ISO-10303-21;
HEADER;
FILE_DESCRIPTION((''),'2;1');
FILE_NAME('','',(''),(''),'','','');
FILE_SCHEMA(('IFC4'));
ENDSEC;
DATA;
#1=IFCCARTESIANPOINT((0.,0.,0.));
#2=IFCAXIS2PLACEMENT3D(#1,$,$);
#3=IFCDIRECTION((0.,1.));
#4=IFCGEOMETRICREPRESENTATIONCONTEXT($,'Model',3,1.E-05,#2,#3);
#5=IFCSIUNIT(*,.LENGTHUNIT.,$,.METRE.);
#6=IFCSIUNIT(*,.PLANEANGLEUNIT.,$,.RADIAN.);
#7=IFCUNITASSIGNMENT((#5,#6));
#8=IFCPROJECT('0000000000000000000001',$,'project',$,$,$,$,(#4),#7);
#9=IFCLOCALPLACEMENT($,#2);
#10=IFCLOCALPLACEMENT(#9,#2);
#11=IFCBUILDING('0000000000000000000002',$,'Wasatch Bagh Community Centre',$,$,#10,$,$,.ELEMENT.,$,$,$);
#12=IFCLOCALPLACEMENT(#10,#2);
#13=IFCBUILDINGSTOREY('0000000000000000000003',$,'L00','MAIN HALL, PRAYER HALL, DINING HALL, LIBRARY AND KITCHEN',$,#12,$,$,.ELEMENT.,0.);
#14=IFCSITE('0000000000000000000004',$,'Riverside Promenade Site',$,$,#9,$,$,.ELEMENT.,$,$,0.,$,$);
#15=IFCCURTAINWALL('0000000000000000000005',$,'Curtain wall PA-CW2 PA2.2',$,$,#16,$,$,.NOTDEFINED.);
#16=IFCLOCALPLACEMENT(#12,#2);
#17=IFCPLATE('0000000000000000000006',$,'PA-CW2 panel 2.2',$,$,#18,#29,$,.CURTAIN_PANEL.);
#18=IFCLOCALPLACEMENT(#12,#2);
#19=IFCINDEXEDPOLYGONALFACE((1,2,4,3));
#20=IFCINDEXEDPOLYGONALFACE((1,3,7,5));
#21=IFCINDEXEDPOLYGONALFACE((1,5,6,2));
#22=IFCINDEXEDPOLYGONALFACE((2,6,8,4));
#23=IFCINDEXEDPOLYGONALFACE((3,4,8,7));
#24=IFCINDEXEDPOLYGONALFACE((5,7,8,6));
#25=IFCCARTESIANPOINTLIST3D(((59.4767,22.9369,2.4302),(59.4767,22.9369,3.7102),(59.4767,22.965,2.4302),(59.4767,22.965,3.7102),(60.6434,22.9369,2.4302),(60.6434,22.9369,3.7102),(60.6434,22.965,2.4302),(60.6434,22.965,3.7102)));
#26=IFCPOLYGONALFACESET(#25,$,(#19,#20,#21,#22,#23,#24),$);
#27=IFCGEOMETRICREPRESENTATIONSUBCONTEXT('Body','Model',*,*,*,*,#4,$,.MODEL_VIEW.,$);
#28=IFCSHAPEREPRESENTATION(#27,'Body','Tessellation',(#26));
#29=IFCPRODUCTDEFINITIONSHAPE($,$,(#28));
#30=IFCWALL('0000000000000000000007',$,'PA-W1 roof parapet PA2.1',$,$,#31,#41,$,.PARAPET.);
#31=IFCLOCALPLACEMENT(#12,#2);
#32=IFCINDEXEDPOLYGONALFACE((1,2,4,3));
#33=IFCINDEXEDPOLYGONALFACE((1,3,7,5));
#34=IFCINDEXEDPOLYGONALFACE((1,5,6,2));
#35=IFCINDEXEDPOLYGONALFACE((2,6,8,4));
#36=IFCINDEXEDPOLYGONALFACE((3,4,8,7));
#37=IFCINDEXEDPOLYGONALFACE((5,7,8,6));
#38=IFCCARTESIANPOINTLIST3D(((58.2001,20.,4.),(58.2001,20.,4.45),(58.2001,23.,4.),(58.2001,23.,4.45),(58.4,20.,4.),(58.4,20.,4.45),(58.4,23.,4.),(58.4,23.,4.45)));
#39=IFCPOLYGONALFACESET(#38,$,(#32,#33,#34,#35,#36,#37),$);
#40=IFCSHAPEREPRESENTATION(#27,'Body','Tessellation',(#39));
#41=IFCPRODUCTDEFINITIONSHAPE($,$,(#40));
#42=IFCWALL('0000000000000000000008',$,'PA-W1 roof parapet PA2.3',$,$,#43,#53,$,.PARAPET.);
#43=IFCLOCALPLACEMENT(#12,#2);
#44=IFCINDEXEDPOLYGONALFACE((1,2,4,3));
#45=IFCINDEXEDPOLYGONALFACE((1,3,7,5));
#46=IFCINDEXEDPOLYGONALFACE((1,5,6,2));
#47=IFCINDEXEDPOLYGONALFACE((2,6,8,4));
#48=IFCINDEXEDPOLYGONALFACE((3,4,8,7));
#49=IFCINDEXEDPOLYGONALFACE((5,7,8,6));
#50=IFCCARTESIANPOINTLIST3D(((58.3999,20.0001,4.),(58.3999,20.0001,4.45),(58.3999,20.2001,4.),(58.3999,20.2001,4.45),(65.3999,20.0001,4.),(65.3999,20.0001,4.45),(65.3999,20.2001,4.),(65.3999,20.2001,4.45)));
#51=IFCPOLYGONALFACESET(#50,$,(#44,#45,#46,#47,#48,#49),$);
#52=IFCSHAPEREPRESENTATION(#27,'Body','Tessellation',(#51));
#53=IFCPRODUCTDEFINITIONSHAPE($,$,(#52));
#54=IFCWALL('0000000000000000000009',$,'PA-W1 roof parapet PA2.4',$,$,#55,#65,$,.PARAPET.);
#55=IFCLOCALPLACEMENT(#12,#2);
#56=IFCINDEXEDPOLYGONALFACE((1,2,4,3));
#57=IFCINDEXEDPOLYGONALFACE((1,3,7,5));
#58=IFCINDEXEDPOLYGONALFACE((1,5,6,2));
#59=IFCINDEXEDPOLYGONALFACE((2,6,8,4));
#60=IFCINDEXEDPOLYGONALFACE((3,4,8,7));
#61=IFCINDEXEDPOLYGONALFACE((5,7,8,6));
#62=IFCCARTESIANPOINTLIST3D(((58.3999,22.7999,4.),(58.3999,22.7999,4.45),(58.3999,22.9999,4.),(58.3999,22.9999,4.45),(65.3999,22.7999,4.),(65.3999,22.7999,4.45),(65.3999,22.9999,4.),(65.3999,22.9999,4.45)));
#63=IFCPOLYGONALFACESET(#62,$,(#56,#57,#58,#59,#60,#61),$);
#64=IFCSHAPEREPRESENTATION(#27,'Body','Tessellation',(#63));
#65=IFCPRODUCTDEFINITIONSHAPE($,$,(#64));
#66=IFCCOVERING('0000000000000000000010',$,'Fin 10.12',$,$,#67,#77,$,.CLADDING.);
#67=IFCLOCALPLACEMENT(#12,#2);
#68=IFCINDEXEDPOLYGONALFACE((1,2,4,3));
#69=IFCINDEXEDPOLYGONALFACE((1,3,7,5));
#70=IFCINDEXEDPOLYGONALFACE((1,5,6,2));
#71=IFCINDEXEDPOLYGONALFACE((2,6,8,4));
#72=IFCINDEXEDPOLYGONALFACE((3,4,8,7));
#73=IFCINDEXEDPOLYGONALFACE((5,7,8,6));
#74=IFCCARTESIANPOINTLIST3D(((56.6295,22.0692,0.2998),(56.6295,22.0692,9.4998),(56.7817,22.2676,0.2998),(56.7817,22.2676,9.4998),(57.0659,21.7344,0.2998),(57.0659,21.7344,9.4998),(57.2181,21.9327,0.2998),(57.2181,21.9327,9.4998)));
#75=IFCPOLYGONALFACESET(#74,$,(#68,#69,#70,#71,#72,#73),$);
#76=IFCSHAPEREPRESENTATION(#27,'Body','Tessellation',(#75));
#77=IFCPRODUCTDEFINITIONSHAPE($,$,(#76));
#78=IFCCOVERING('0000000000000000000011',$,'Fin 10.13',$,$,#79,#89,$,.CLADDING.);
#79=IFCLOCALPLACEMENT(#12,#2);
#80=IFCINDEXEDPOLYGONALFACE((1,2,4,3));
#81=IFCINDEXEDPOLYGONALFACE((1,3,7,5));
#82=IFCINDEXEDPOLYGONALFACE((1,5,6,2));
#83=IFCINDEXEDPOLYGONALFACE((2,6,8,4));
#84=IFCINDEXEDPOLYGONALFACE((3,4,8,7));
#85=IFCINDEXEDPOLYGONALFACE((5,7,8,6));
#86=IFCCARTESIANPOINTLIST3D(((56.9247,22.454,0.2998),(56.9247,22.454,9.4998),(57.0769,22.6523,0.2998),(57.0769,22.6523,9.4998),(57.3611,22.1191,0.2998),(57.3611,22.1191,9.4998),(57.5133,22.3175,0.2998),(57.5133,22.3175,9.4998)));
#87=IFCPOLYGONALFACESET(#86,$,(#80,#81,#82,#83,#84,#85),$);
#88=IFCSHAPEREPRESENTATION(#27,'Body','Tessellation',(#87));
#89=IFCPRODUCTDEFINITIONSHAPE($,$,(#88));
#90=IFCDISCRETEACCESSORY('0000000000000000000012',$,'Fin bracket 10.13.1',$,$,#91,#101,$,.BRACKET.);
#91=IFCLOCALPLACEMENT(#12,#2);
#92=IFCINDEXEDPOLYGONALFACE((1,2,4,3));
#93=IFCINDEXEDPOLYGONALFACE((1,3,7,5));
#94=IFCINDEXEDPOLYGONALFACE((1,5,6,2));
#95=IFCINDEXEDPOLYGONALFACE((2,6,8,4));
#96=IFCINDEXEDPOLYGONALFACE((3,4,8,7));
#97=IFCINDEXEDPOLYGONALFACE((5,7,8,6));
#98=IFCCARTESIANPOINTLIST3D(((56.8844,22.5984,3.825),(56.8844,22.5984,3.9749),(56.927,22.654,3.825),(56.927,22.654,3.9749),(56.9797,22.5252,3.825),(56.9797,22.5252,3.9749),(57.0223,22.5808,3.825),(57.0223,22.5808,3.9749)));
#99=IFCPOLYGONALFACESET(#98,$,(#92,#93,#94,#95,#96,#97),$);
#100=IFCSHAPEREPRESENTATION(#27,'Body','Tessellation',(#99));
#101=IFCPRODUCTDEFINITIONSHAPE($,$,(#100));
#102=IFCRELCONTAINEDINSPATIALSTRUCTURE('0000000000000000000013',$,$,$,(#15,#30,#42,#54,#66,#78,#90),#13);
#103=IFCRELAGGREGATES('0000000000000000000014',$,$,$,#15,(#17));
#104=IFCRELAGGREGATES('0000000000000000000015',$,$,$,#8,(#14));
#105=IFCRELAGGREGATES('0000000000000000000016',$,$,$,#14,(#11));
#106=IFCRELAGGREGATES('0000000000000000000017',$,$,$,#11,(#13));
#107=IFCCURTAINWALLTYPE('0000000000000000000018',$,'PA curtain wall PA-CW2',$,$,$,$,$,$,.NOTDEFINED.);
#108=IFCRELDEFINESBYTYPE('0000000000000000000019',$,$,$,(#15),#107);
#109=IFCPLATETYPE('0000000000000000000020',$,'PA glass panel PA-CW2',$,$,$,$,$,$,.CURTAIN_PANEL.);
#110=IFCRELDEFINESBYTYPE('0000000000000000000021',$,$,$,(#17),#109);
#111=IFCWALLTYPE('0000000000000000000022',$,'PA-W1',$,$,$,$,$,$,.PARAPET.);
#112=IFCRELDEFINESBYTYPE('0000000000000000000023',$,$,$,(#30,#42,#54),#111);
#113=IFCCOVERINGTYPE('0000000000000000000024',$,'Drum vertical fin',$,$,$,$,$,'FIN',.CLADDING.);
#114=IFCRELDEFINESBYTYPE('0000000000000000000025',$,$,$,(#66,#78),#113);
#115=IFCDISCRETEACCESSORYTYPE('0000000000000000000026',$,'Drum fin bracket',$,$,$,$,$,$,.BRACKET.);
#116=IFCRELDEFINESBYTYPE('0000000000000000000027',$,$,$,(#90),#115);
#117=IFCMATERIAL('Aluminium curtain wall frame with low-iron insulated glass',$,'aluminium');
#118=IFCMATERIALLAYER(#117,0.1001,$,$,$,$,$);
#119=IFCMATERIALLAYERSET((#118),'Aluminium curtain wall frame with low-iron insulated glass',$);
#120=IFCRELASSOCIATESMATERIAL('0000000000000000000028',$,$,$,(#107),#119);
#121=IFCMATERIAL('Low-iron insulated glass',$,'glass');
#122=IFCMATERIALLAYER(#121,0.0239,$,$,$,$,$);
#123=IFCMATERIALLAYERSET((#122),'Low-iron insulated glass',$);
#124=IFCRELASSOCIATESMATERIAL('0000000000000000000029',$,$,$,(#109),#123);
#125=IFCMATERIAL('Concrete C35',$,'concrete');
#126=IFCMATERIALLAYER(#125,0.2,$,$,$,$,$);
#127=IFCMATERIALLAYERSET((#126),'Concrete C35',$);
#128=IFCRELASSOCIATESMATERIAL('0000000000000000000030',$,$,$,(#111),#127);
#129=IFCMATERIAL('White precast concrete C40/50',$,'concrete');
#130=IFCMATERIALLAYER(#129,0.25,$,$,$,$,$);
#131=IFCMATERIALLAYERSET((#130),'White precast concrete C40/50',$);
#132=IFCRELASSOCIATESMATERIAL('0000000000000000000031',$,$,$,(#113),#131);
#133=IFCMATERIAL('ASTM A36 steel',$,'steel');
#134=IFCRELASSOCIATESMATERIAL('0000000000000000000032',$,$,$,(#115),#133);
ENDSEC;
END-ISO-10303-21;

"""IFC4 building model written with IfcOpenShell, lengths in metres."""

from ifc_helpers import new_model, si_unit, direction, frame, frame_2d, origin, origin_2d, place, context, subcontext, project, spatial, rectangle, extrude, material, layer, layer_set, type_object, element, aggregate, save


model = new_model("IFC4")

# Units and contexts
model_context = context("Model", 3, precision=1e-05, world=origin(), true_north=direction((0.0, 1.0)))
body_context = subcontext(model_context, "Body", "Model", "MODEL_VIEW")
ifc_project = project(units=[si_unit("LENGTHUNIT", "METRE"), si_unit("PLANEANGLEUNIT", "RADIAN")], contexts=[model_context])

# Site, building, storey
site_placement = place(None, origin())
site = spatial("IfcSite", under=ifc_project, at=site_placement, Name="Riverside Promenade Site", CompositionType="ELEMENT", RefElevation=0.0)
building_placement = place(site_placement, origin())
building = spatial("IfcBuilding", under=site, at=building_placement, Name="Wasatch Bagh Community Centre", CompositionType="ELEMENT")
storey_placement = place(building_placement, origin())
storey = spatial("IfcBuildingStorey", under=building, at=storey_placement, Name="L00", Description="MAIN HALL, PRAYER HALL, DINING HALL, LIBRARY AND KITCHEN", CompositionType="ELEMENT", Elevation=0.0)

# Curtain wall
ifc_material_1 = material(Name="Aluminium curtain wall frame with low-iron insulated glass", Category="aluminium")
ifc_layer_1 = layer(ifc_material_1, 0.1001)
ifc_layer_set_1 = layer_set([ifc_layer_1], Name="Aluminium curtain wall frame with low-iron insulated glass")
curtain_wall_type = type_object("IfcCurtainWallType", Name="PA curtain wall PA-CW2", PredefinedType="NOTDEFINED", material=ifc_layer_set_1)
curtain_wall_1_placement = place(storey_placement, origin())
curtain_wall_1 = element("IfcCurtainWall", 1, at=curtain_wall_1_placement, inside=storey, type_object=curtain_wall_type, Name="Curtain wall PA-CW2 PA2.2", PredefinedType="NOTDEFINED")

# Shared definitions
ifc_material_2 = material(Name="Concrete C35", Category="concrete")

# Plate
ifc_material_3 = material(Name="Low-iron insulated glass", Category="glass")
ifc_layer_2 = layer(ifc_material_3, 0.0239)
ifc_layer_set_2 = layer_set([ifc_layer_2], Name="Low-iron insulated glass")
plate_type = type_object("IfcPlateType", Name="PA glass panel PA-CW2", PredefinedType="CURTAIN_PANEL", material=ifc_layer_set_2)
plate_1_placement = place(storey_placement, frame((60.0601, 22.9509, 2.4302), z_axis=(0.0, 0.0, 1.0), x_axis=(1.0, 0.0, 0.0)))
plate_1 = element("IfcPlate", 2, at=plate_1_placement, type_object=plate_type, Name="PA-CW2 panel 2.2", PredefinedType="CURTAIN_PANEL", context=body_context, shape_type="SweptSolid", body=[
    extrude(rectangle(XDim=1.1667, YDim=0.0281, at=origin_2d()), origin(), (0.0, 0.0, 1.0), 1.28),
])
aggregate(curtain_wall_1, [plate_1])

# Walls
ifc_layer_3 = layer(ifc_material_2, 0.2)
ifc_layer_set_3 = layer_set([ifc_layer_3], Name="Concrete C35")
wall_type = type_object("IfcWallType", Name="PA-W1", PredefinedType="PARAPET", material=ifc_layer_set_3)
wall_placement = place(storey_placement, frame((58.3, 20.0, 4.0), z_axis=(0.0, 0.0, 1.0), x_axis=(0.0, 1.0, 0.0)))
element("IfcWall", 3, at=wall_placement, inside=storey, type_object=wall_type, Name="PA-W1 roof parapet PA2.1", PredefinedType="PARAPET", context=body_context, shape_type="SweptSolid", body=[
    extrude(rectangle(XDim=3.0, YDim=0.2, at=frame_2d((1.5, 0.0))), origin(), (0.0, 0.0, 1.0), 0.45),
])
for number, where, z_axis, x_axis, name in (
    (4, (58.3999, 20.1001, 4.0), (0.0, 0.0, 1.0), (1.0, 0.0, 0.0), "PA-W1 roof parapet PA2.3"),
    (5, (58.3999, 22.8999, 4.0), (0.0, 0.0, 1.0), (1.0, 0.0, 0.0), "PA-W1 roof parapet PA2.4"),
):
    element("IfcWall", number, at=place(storey_placement, frame(where, z_axis=z_axis, x_axis=x_axis)), inside=storey, type_object=wall_type, Name=name, PredefinedType="PARAPET", context=body_context, shape_type="SweptSolid", body=[
        extrude(rectangle(XDim=7.0, YDim=0.2, at=frame_2d((3.5, 0.0))), origin(), (0.0, 0.0, 1.0), 0.45),
    ])

# Coverings
ifc_material_4 = material(Name="White precast concrete C40/50", Category="concrete")
ifc_layer_4 = layer(ifc_material_4, 0.25)
ifc_layer_set_4 = layer_set([ifc_layer_4], Name="White precast concrete C40/50")
covering_type = type_object("IfcCoveringType", Name="Drum vertical fin", ElementType="FIN", PredefinedType="CLADDING", material=ifc_layer_set_4)
for number, where, z_axis, x_axis, name in (
    (6, (56.9238, 22.001, 0.2998), (0.0, 0.0, 1.0), (0.608761, 0.793353, 0.0), "Fin 10.12"),
    (7, (57.219, 22.3857, 0.2998), (0.0, 0.0, 1.0), (0.608761, 0.793353, 0.0), "Fin 10.13"),
):
    element("IfcCovering", number, at=place(storey_placement, frame(where, z_axis=z_axis, x_axis=x_axis)), inside=storey, type_object=covering_type, Name=name, PredefinedType="CLADDING", context=body_context, shape_type="SweptSolid", body=[
        extrude(rectangle(XDim=0.25, YDim=0.55, at=origin_2d()), origin(), (0.0, 0.0, 1.0), 9.2),
    ])

# Discrete accessory
ifc_material_5 = material(Name="ASTM A36 steel", Category="steel")
discrete_accessory_type = type_object("IfcDiscreteAccessoryType", Name="Drum fin bracket", PredefinedType="BRACKET", material=ifc_material_5)
discrete_accessory_placement = place(storey_placement, frame((56.9534, 22.5896, 3.825), z_axis=(0.0, 0.0, 1.0), x_axis=(0.608761, 0.793353, 0.0)))
element("IfcDiscreteAccessory", 8, at=discrete_accessory_placement, inside=storey, type_object=discrete_accessory_type, Name="Fin bracket 10.13.1", PredefinedType="BRACKET", context=body_context, shape_type="SweptSolid", body=[
    extrude(rectangle(XDim=0.0701, YDim=0.1201, at=origin_2d()), origin(), (0.0, 0.0, 1.0), 0.1499),
])

save(model, "model.ifc")
